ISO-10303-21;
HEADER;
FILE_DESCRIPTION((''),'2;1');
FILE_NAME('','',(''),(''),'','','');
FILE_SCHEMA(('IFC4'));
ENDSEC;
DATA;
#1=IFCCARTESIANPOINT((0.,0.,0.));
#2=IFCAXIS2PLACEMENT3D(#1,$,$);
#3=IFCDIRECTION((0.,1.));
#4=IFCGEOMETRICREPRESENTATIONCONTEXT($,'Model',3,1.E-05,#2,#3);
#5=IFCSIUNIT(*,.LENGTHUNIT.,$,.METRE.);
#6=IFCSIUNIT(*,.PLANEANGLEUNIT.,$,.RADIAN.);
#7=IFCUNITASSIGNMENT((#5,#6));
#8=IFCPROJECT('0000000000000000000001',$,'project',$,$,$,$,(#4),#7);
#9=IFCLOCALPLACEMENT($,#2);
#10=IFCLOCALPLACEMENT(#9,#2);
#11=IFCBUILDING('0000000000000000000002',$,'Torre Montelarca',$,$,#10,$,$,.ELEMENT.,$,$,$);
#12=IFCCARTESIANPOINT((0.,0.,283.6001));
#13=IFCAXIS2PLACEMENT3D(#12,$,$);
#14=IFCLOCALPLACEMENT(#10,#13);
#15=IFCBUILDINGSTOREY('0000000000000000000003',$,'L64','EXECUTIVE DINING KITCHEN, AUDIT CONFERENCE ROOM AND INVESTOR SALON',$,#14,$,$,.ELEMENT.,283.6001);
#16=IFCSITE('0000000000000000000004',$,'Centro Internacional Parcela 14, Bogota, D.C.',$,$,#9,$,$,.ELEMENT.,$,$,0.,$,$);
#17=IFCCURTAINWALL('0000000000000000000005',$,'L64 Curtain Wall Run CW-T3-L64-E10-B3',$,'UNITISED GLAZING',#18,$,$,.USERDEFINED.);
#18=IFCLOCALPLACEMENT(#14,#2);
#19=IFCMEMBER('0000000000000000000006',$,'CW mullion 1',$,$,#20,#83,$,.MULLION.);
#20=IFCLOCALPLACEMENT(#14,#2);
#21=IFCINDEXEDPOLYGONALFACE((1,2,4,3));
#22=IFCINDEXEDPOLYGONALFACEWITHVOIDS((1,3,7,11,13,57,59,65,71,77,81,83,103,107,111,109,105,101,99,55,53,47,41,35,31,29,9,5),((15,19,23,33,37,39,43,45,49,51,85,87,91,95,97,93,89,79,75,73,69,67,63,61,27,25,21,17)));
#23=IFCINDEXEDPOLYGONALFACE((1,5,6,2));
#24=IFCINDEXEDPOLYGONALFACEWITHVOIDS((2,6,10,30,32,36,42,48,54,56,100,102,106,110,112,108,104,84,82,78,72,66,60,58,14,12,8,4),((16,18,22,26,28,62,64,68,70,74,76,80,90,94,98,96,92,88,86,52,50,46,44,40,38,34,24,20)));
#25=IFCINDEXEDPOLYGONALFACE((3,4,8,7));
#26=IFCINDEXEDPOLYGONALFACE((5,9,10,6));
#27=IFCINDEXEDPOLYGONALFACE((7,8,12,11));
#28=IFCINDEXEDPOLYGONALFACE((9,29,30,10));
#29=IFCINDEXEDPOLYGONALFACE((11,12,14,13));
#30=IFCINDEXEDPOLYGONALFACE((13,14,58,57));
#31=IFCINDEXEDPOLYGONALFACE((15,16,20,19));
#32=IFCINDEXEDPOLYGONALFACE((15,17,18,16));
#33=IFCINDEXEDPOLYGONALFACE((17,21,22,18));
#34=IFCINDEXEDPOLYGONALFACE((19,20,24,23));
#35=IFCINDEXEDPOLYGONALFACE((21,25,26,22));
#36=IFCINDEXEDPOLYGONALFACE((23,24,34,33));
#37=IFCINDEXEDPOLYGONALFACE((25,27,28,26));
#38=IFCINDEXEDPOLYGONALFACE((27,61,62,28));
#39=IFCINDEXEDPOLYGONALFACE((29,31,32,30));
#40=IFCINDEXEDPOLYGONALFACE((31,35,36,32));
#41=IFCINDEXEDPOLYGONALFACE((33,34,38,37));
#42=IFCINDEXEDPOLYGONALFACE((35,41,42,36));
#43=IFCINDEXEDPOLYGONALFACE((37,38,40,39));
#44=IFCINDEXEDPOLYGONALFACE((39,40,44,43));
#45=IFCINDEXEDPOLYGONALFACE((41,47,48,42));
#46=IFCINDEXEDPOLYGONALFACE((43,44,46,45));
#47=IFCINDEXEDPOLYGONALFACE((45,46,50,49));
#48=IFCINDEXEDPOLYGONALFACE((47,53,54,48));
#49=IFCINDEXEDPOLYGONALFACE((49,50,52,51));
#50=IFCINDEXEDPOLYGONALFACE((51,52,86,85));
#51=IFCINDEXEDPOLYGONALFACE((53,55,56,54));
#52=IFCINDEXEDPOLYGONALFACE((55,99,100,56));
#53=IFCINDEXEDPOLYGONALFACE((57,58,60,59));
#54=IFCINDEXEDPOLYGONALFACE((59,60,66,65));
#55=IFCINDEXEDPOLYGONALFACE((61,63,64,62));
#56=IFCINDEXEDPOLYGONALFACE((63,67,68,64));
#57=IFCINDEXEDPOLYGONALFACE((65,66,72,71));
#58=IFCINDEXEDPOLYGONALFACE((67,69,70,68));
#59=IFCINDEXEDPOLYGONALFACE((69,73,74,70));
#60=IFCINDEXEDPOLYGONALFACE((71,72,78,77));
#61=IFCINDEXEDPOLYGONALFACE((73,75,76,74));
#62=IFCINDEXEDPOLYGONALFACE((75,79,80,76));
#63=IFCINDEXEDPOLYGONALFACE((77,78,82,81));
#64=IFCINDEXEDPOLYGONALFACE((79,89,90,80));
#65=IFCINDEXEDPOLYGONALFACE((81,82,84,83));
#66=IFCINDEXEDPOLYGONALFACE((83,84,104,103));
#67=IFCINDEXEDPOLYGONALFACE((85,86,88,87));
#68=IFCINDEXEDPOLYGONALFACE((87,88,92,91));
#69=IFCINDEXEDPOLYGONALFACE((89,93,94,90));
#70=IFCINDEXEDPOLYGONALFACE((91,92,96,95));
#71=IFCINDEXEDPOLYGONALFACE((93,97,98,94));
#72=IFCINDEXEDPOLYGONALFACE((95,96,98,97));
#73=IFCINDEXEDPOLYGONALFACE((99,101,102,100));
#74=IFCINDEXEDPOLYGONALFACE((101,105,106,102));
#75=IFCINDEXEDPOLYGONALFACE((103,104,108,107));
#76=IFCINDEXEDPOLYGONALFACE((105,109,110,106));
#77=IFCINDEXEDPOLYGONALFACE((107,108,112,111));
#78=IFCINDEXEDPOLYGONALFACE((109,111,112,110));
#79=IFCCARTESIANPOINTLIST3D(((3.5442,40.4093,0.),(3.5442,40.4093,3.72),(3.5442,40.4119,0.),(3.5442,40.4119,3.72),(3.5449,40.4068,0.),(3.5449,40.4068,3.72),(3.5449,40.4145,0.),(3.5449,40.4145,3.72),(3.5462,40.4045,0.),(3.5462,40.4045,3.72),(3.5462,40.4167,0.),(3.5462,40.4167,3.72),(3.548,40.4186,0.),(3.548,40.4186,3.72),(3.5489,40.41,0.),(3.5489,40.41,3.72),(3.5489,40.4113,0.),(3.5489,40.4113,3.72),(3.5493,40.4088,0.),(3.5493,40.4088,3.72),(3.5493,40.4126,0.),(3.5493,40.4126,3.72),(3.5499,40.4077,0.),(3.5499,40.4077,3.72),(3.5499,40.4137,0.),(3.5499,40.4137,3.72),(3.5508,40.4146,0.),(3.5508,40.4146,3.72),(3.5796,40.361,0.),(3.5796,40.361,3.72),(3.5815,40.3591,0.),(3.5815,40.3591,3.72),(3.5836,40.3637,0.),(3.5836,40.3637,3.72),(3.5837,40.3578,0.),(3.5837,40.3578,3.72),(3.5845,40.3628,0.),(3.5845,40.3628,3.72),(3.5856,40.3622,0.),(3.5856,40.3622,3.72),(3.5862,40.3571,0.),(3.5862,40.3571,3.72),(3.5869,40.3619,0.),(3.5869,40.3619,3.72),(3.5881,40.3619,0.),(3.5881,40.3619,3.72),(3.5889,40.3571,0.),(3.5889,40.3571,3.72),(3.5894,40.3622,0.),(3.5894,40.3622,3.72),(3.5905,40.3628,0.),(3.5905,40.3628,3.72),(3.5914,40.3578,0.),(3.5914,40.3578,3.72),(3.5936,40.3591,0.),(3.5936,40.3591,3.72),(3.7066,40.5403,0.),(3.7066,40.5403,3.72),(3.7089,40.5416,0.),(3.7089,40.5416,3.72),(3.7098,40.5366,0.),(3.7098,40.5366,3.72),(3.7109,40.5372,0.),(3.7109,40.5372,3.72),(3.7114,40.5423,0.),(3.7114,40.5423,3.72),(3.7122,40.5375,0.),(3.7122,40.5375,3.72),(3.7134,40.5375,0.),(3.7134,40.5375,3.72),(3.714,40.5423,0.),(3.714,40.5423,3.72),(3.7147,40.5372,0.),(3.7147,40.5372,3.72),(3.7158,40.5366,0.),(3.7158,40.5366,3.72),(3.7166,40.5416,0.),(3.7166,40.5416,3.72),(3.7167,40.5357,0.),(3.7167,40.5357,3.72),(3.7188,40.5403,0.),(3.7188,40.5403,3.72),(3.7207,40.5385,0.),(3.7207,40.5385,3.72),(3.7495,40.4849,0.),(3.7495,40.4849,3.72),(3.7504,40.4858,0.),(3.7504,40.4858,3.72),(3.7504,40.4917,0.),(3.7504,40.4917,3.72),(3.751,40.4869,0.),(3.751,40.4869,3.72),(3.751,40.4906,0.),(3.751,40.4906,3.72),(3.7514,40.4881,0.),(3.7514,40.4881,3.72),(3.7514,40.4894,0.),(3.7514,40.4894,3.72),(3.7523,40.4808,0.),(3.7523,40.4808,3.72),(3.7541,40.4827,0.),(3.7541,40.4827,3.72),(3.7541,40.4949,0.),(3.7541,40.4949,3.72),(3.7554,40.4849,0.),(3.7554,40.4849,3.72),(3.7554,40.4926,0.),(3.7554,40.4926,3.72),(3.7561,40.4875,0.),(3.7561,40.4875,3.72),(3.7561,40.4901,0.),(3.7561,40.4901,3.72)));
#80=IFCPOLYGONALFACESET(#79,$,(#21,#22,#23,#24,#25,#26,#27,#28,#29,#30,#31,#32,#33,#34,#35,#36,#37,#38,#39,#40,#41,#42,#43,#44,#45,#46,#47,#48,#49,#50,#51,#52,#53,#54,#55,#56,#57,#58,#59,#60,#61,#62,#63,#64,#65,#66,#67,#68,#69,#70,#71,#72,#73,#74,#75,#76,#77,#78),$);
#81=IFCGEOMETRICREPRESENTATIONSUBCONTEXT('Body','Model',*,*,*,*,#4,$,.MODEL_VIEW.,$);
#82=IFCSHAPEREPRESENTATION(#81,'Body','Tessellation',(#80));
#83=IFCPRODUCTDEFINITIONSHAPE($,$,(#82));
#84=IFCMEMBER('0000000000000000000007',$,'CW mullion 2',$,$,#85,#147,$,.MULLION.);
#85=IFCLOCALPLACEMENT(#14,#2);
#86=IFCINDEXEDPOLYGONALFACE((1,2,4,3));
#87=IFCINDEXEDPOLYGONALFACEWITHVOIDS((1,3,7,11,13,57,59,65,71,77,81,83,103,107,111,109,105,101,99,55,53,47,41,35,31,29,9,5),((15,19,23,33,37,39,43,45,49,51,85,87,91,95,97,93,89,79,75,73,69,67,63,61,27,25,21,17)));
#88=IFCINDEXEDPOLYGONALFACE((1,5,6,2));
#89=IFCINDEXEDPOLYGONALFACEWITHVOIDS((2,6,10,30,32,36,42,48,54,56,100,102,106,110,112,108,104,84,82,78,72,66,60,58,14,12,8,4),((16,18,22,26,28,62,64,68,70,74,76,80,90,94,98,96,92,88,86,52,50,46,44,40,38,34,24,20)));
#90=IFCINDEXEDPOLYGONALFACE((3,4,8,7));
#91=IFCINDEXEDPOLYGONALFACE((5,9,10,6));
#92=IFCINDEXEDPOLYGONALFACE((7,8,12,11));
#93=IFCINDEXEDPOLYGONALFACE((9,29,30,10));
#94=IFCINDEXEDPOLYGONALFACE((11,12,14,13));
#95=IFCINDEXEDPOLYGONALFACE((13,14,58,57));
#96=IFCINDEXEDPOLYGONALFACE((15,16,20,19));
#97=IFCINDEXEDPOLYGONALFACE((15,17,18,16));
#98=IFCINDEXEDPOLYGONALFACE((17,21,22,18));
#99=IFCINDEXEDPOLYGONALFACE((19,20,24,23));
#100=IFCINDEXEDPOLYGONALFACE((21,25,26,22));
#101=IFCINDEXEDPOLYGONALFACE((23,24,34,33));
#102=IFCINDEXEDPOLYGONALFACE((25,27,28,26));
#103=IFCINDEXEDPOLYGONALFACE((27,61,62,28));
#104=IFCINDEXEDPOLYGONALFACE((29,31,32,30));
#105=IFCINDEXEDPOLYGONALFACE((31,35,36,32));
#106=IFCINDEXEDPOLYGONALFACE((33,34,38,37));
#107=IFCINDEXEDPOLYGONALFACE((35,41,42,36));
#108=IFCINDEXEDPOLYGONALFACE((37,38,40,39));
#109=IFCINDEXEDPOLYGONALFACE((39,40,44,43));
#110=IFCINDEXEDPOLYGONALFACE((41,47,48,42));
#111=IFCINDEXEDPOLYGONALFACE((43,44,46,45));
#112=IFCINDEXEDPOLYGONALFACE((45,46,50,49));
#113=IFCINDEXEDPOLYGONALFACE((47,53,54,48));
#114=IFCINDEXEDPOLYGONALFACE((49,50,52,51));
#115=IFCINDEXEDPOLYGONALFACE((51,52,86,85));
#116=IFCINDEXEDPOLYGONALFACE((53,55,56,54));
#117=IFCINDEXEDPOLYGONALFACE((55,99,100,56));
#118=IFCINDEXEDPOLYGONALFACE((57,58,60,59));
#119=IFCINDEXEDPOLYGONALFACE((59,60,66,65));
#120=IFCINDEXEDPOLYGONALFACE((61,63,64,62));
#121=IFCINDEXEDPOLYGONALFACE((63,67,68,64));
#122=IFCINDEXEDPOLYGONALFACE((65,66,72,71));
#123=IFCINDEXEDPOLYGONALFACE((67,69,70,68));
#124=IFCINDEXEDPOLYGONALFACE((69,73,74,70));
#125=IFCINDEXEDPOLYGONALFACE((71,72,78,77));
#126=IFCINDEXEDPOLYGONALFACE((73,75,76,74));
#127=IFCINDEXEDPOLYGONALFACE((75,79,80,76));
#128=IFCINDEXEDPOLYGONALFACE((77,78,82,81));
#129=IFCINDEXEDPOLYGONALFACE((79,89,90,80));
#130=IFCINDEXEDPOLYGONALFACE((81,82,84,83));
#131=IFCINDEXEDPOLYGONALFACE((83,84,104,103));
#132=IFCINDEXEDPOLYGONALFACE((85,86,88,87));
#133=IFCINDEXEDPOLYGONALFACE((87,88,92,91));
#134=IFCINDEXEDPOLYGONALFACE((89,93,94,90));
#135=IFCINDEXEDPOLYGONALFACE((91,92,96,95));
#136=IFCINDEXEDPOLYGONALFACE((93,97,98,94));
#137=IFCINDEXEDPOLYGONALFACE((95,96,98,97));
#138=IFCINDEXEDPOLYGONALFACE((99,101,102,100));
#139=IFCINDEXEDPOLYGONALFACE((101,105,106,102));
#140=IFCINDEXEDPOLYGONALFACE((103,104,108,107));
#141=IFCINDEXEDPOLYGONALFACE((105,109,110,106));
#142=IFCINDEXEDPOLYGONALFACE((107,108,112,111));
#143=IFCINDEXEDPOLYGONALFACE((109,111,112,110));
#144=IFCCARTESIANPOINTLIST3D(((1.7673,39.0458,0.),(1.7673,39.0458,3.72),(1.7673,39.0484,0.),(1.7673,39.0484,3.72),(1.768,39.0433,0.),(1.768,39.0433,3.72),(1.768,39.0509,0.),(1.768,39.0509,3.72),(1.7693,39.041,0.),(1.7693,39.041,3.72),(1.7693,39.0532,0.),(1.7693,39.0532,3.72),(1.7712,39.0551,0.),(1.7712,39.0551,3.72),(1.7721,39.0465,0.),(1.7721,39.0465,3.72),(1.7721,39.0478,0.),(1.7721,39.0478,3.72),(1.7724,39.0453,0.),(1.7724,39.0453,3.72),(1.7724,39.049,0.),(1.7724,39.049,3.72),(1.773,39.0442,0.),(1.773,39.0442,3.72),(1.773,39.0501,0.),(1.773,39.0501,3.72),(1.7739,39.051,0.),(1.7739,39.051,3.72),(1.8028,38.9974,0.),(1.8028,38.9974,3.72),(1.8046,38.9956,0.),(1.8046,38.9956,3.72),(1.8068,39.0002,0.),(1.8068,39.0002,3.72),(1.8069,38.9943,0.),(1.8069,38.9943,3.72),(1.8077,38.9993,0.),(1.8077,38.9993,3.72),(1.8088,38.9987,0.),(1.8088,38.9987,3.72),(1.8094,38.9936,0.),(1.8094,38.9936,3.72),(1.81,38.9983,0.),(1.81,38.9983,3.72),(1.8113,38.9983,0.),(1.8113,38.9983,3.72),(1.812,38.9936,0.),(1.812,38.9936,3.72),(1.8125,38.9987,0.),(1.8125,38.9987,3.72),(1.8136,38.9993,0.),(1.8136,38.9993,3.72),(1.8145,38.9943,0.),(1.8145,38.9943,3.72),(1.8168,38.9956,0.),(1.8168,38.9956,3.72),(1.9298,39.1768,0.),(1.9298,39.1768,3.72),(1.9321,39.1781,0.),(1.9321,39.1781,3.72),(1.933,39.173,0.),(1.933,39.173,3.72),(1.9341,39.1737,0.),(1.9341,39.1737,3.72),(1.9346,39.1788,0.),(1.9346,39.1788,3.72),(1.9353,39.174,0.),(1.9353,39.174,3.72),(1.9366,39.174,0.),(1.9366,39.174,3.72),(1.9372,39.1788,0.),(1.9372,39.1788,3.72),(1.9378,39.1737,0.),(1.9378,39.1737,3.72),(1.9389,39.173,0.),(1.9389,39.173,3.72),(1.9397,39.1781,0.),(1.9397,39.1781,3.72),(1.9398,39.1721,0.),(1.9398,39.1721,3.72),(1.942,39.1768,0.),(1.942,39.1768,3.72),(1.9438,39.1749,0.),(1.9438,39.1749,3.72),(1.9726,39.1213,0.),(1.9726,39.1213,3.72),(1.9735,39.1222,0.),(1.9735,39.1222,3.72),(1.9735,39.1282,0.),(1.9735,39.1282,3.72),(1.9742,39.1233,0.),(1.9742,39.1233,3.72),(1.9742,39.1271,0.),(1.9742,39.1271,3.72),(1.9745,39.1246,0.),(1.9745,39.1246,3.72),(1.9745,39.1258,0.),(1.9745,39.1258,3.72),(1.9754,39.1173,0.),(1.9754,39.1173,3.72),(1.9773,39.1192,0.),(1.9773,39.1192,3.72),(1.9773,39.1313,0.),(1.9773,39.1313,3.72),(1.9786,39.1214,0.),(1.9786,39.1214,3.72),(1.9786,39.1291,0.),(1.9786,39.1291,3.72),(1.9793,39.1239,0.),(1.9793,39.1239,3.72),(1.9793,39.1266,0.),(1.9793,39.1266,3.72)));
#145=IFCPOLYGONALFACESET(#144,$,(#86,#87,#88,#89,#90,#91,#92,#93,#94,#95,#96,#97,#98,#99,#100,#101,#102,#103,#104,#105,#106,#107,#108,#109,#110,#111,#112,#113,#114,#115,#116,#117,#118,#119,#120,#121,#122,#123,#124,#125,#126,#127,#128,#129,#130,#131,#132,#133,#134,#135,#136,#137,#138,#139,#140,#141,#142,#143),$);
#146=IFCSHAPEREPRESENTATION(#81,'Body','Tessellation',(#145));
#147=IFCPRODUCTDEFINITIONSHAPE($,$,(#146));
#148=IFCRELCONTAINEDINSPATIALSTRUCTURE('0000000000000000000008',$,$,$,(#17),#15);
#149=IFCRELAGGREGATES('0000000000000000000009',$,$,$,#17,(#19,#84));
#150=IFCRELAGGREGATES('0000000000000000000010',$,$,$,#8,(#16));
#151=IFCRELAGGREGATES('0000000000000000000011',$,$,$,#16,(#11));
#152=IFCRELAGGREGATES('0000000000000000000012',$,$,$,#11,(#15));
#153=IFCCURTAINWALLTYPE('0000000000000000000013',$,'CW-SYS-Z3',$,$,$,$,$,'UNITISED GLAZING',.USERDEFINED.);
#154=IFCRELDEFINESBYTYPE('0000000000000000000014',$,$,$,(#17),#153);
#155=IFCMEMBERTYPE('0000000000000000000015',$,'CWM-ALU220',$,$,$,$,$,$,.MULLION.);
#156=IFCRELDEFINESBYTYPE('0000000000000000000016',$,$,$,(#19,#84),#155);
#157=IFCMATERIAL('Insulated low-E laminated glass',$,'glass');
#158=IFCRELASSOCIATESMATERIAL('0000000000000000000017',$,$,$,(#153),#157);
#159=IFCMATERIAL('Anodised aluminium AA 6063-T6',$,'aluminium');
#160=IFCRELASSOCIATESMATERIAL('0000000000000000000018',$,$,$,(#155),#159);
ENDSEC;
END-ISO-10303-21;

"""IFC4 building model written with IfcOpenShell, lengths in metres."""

from ifc_helpers import new_model, si_unit, direction, frame, origin, origin_2d, place, context, subcontext, project, spatial, hollow_rectangle, extrude, source, transform, mapped, material, material_profile, profile_set, type_object, element, aggregate, save


model = new_model("IFC4")

# Units and contexts
model_context = context("Model", 3, precision=1e-05, world=origin(), true_north=direction((0.0, 1.0)))
body_context = subcontext(model_context, "Body", "Model", "MODEL_VIEW")
ifc_project = project(units=[si_unit("LENGTHUNIT", "METRE"), si_unit("PLANEANGLEUNIT", "RADIAN")], contexts=[model_context])

# Site, building, storey
site_placement = place(None, origin())
site = spatial("IfcSite", under=ifc_project, at=site_placement, Name="Centro Internacional Parcela 14, Bogota, D.C.", CompositionType="ELEMENT", RefElevation=0.0)
building_placement = place(site_placement, origin())
building = spatial("IfcBuilding", under=site, at=building_placement, Name="Torre Montelarca", CompositionType="ELEMENT")
storey_placement = place(building_placement, frame((0.0, 0.0, 283.6001)))
storey = spatial("IfcBuildingStorey", under=building, at=storey_placement, Name="L64", Description="EXECUTIVE DINING KITCHEN, AUDIT CONFERENCE ROOM AND INVESTOR SALON", CompositionType="ELEMENT", Elevation=283.6001)

# Curtain wall, members
ifc_material_1 = material(Name="Insulated low-E laminated glass", Category="glass")
curtain_wall_type = type_object("IfcCurtainWallType", Name="CW-SYS-Z3", ElementType="UNITISED GLAZING", PredefinedType="USERDEFINED", material=ifc_material_1)
ifc_material_2 = material(Name="Anodised aluminium AA 6063-T6", Category="aluminium")
ifc_material_profile_1 = material_profile(ifc_material_2, hollow_rectangle(XDim=0.075, YDim=0.22, WallThickness=0.0049, InnerFilletRadius=0.0049, OuterFilletRadius=0.01, at=origin_2d()), Name="ALU75X220X5", Category="aluminium")
ifc_profile_set_1 = profile_set([ifc_material_profile_1], Name="Anodised aluminium AA 6063-T6")
member_type_1 = type_object("IfcMemberType", Name="CWM-ALU220", PredefinedType="MULLION", material=ifc_profile_set_1)
shared_shape_1 = source(origin(), body_context, "Body", "SweptSolid", [
    extrude(hollow_rectangle(XDim=0.075, YDim=0.22, WallThickness=0.0049, InnerFilletRadius=0.0049, OuterFilletRadius=0.01, at=origin_2d()), origin(), (0.0, 0.0, 1.0), 3.72),
])
curtain_wall_1_placement = place(storey_placement, origin())
curtain_wall_1 = element("IfcCurtainWall", 1, at=curtain_wall_1_placement, inside=storey, type_object=curtain_wall_type, Name="L64 Curtain Wall Run CW-T3-L64-E10-B3", ObjectType="UNITISED GLAZING", PredefinedType="USERDEFINED")
member_1_placement = place(storey_placement, frame((3.6501, 40.4497, 0.0), z_axis=(0.0, 0.0, 1.0), x_axis=(0.608757, -0.793356, 0.0)))
member_1 = element("IfcMember", 2, at=member_1_placement, type_object=member_type_1, Name="CW mullion 1", PredefinedType="MULLION", context=body_context, shape_type="MappedRepresentation", body=[
    mapped(shared_shape_1, transform((0.0, 0.0, 0.0), scale=1.0)),
])
member_2_placement = place(storey_placement, frame((1.8733, 39.0862, 0.0), z_axis=(0.0, 0.0, 1.0), x_axis=(0.608757, -0.793356, 0.0)))
member_2 = element("IfcMember", 3, at=member_2_placement, type_object=member_type_1, Name="CW mullion 2", PredefinedType="MULLION", context=body_context, shape_type="MappedRepresentation", body=[
    mapped(shared_shape_1, transform((0.0, 0.0, 0.0), scale=1.0)),
])

aggregate(curtain_wall_1, [member_1, member_2])

save(model, "model.ifc")
